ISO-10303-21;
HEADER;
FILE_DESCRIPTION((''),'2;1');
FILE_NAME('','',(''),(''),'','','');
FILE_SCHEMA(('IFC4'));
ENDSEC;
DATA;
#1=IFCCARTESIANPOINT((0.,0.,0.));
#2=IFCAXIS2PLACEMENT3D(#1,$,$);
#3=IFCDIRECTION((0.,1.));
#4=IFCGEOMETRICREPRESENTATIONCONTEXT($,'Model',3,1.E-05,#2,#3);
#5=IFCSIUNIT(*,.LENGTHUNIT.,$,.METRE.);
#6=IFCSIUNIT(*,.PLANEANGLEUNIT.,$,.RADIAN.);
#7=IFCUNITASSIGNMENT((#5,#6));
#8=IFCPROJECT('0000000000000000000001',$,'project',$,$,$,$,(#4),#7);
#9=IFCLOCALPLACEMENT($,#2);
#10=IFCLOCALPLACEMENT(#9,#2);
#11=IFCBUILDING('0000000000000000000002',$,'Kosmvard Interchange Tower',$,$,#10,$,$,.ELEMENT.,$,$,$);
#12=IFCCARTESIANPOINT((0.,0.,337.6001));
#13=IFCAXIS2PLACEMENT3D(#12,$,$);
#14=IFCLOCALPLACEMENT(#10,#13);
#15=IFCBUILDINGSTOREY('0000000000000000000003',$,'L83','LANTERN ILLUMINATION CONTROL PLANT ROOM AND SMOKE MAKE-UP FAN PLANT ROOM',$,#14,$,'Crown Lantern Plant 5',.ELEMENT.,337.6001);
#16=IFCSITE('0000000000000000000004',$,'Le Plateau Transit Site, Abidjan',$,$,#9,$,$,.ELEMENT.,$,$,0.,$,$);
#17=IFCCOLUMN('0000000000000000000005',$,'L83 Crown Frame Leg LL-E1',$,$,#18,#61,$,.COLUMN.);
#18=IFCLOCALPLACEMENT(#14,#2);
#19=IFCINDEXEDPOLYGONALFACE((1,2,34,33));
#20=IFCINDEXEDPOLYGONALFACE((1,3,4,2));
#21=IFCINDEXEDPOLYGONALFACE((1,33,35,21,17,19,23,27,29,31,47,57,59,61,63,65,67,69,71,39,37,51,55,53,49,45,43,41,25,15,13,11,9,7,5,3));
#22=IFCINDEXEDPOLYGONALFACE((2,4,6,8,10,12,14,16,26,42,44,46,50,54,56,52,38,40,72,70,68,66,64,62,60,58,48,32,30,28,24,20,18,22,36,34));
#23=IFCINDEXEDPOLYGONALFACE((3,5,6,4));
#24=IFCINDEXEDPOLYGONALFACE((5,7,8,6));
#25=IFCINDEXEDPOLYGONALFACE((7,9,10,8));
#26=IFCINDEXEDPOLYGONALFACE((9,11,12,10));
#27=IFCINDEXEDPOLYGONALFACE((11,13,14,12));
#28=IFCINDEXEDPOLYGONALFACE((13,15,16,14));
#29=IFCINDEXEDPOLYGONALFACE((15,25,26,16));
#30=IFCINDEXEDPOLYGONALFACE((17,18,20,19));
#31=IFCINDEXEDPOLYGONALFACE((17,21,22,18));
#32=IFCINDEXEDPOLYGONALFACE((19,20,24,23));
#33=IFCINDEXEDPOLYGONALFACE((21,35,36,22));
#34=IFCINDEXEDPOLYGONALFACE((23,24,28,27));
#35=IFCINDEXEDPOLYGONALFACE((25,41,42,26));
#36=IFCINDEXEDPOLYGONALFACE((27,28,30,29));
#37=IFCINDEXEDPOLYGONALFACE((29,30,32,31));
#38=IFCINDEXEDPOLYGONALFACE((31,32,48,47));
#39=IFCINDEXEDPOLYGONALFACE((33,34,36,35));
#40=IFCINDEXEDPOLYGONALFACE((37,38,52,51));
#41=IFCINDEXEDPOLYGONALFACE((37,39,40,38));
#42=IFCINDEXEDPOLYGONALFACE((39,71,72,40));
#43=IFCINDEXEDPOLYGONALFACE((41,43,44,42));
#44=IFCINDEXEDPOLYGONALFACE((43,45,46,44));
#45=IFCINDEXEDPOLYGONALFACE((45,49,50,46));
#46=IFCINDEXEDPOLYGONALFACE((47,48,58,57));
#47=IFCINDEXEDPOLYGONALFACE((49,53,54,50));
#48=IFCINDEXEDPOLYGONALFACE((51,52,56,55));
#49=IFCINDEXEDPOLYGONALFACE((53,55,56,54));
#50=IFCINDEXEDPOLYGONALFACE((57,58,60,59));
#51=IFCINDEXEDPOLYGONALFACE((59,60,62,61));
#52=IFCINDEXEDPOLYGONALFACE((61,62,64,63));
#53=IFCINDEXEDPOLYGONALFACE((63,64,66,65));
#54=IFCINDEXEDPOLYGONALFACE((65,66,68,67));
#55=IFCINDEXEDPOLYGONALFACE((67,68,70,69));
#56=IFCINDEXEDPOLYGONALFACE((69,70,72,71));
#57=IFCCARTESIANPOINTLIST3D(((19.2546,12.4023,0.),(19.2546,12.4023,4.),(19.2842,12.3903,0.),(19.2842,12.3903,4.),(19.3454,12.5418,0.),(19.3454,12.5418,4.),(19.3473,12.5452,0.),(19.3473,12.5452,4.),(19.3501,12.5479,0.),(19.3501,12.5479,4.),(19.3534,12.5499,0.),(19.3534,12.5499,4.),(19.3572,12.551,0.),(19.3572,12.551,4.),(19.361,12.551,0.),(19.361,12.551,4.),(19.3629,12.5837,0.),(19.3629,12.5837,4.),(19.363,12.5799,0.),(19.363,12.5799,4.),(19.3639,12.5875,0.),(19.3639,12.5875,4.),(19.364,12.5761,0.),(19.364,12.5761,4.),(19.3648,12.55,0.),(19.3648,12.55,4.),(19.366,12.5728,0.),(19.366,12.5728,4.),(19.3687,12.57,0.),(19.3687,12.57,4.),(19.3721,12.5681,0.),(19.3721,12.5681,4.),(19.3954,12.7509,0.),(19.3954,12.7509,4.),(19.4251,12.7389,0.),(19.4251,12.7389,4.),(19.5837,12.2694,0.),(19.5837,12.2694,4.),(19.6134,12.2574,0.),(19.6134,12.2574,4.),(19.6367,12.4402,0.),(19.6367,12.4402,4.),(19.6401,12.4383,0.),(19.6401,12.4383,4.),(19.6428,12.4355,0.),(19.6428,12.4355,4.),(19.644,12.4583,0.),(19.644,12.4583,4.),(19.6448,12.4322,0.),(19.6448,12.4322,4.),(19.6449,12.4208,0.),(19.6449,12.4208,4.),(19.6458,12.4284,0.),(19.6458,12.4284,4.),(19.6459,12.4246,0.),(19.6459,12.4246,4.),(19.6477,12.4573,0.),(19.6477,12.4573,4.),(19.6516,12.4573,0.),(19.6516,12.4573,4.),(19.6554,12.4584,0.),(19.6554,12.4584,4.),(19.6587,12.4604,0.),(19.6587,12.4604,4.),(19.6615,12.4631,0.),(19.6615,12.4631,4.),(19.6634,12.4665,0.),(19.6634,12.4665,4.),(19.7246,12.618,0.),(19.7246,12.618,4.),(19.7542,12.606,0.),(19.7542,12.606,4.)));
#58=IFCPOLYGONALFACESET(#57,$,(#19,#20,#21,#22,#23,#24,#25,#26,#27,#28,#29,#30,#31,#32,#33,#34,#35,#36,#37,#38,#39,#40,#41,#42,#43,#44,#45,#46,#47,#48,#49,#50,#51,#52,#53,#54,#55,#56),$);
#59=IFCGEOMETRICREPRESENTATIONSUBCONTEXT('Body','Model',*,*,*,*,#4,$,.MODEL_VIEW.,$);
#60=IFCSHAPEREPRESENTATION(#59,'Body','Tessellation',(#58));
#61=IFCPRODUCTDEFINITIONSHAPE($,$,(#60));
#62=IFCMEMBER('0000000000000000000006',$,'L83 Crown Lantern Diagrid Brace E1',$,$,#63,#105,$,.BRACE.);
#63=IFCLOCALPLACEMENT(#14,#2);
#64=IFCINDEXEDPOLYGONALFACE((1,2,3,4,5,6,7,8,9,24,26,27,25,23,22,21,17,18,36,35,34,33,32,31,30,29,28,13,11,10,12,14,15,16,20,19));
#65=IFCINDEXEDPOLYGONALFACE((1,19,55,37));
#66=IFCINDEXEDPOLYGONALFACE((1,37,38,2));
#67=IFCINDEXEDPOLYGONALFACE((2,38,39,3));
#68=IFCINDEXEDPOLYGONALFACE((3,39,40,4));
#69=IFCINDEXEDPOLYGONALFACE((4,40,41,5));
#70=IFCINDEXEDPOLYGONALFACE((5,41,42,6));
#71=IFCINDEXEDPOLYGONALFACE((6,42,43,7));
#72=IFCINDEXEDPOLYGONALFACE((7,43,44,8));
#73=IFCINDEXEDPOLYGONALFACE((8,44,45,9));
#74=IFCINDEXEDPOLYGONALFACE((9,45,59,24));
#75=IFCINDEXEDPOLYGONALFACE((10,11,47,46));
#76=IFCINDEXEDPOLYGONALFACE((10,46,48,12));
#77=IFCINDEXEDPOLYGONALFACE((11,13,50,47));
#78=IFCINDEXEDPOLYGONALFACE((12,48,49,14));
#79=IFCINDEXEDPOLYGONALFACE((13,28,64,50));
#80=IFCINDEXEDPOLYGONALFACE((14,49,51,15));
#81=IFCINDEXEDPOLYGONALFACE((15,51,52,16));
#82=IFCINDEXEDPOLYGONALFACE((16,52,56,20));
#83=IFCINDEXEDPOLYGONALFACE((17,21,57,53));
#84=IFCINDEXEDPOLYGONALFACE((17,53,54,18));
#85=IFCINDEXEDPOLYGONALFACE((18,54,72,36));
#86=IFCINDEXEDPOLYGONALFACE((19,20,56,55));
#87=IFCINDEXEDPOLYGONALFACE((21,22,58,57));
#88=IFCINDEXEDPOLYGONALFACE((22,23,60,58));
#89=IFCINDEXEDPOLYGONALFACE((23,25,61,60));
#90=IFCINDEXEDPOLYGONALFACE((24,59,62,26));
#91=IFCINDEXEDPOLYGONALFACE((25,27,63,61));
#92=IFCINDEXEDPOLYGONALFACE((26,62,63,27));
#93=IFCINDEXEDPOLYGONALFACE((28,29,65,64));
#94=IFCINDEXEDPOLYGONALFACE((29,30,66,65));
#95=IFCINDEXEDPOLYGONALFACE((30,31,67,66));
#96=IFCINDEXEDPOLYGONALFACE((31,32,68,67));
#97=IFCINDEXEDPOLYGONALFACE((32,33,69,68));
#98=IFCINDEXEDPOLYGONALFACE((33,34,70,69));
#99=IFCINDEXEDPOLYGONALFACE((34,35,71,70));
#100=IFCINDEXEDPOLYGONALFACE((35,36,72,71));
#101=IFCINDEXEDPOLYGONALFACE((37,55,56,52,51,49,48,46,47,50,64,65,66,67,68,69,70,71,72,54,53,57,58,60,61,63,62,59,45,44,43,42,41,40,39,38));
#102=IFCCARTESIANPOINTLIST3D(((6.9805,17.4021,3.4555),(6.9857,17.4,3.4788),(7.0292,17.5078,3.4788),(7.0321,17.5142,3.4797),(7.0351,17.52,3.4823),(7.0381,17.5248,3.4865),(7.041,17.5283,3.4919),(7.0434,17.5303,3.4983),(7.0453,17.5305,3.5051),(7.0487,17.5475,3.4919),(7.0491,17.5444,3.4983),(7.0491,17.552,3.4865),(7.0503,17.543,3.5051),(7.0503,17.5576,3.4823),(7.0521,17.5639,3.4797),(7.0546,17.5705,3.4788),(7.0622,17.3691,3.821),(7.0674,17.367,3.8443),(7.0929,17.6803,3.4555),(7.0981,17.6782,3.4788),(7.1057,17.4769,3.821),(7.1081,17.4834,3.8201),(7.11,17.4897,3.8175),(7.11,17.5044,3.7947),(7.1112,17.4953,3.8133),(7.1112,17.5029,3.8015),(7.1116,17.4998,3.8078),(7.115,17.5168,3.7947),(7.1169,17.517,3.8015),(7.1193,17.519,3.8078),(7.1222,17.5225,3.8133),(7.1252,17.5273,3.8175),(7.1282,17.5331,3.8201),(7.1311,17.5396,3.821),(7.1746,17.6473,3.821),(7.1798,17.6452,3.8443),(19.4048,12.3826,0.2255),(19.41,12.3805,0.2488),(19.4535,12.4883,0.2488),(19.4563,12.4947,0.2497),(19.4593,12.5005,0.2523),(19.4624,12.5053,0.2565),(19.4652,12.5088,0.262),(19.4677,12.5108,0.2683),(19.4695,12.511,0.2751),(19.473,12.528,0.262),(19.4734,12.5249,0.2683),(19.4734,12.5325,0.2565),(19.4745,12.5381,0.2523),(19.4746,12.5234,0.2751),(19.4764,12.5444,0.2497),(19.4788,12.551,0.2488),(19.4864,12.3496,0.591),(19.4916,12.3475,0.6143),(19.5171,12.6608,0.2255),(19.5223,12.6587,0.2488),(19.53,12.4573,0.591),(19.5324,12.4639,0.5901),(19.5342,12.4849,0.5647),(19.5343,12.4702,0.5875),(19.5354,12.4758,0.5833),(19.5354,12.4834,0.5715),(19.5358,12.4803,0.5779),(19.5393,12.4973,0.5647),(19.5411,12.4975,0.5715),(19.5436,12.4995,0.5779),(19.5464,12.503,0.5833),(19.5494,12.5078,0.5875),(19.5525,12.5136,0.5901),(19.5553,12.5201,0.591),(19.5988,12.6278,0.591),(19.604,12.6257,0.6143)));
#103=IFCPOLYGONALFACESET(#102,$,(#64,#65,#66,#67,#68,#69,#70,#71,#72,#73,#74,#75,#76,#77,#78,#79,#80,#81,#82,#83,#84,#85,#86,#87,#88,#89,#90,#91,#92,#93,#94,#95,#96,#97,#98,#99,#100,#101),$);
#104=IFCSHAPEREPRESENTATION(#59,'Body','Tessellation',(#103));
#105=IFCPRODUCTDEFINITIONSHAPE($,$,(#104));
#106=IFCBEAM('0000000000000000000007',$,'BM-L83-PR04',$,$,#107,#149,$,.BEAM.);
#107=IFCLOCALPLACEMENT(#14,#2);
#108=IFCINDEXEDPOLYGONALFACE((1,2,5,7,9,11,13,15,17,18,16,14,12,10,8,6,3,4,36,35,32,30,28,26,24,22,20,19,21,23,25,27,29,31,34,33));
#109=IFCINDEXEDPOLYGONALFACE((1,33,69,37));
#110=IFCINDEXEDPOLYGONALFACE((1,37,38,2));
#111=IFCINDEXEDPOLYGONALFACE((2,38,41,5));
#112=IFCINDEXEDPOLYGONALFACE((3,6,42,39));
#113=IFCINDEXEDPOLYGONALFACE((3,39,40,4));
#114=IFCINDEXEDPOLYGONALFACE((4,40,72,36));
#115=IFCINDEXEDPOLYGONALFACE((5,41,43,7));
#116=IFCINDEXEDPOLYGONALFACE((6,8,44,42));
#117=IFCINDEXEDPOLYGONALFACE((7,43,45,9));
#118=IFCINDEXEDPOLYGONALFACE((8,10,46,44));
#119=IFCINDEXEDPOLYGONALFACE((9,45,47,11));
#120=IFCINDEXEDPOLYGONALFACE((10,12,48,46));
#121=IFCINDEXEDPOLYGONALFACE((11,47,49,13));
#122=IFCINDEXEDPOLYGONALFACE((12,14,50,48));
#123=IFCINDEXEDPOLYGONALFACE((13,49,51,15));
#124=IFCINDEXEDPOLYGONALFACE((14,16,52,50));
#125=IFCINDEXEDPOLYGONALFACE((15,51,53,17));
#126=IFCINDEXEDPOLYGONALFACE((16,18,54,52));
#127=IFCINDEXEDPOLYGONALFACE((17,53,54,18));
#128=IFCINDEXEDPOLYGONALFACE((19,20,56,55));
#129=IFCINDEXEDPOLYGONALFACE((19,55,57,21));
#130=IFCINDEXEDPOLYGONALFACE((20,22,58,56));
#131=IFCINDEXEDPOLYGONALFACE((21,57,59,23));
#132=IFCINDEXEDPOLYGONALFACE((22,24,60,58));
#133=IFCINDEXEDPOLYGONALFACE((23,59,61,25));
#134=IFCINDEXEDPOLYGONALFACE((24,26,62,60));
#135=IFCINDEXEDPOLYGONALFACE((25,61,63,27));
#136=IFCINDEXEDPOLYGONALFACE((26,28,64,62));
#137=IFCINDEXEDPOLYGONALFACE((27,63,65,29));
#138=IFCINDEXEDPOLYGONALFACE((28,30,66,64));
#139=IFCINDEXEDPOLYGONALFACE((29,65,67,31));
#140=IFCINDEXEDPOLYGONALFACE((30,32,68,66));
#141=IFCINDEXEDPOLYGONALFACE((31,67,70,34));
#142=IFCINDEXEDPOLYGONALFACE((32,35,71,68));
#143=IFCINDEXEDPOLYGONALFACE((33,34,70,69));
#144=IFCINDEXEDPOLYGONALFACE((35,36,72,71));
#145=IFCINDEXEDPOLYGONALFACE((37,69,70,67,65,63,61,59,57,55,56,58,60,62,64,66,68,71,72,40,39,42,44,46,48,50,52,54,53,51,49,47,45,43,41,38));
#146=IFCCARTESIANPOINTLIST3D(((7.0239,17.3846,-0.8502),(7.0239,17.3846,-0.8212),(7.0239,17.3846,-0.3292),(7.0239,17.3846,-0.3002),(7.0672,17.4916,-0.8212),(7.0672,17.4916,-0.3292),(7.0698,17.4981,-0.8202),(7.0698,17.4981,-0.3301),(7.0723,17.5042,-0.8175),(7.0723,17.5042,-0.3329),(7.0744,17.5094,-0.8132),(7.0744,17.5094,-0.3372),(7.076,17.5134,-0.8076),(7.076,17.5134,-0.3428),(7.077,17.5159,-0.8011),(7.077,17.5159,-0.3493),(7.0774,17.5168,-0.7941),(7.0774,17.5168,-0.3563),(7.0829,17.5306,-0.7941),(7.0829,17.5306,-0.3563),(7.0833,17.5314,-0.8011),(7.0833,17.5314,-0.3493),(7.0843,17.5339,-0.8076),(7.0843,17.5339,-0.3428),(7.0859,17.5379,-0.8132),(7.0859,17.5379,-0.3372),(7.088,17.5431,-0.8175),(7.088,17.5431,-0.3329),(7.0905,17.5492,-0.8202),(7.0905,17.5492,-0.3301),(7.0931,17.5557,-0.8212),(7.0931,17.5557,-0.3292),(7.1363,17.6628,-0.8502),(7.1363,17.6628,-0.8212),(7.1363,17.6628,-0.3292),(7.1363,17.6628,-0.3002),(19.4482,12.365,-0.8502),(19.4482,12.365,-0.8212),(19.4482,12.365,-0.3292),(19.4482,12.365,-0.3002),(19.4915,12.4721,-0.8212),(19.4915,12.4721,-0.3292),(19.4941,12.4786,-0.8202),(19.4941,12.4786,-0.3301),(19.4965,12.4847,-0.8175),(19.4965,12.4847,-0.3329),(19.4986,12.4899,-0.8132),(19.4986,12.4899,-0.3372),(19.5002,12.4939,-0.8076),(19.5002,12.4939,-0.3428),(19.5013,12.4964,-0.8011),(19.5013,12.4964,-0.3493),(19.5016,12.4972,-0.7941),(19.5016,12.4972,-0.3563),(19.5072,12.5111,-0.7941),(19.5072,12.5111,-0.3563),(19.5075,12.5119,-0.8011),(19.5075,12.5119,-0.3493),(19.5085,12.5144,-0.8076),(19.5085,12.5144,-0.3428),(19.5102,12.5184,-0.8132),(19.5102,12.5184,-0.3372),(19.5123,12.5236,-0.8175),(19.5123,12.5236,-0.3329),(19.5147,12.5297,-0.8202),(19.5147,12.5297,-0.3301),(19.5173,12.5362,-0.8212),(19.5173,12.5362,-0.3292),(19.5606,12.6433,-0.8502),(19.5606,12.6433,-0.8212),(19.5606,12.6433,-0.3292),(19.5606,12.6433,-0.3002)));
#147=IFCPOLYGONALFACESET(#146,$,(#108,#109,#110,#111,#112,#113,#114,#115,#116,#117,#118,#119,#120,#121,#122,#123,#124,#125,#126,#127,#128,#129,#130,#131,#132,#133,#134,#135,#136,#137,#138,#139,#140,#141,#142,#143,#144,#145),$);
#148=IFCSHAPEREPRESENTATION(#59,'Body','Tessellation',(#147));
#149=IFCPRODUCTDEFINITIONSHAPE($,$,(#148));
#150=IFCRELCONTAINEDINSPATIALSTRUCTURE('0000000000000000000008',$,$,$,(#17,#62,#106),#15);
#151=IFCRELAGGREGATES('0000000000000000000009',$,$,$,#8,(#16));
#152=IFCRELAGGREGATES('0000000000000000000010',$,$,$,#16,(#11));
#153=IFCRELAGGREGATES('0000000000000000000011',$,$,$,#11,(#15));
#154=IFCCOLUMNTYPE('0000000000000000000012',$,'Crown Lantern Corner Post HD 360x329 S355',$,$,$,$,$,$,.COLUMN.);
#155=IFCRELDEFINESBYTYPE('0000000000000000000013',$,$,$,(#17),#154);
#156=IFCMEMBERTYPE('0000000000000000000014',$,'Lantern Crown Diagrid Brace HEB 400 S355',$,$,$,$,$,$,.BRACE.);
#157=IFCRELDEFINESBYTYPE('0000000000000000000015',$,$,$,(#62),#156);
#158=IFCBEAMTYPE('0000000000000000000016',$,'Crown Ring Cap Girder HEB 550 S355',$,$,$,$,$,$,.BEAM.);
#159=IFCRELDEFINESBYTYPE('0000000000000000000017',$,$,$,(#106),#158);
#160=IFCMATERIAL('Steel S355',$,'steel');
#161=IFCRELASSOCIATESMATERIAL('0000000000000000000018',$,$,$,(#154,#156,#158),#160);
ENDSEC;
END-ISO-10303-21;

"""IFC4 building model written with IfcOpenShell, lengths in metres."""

from ifc_helpers import new_model, si_unit, direction, frame, origin, origin_2d, place, context, subcontext, project, spatial, i_section, extrude, source, transform, mapped, material, material_profile, profile_set, type_object, element, save


model = new_model("IFC4")

# Units and contexts
model_context = context("Model", 3, precision=1e-05, world=origin(), true_north=direction((0.0, 1.0)))
body_context = subcontext(model_context, "Body", "Model", "MODEL_VIEW")
ifc_project = project(units=[si_unit("LENGTHUNIT", "METRE"), si_unit("PLANEANGLEUNIT", "RADIAN")], contexts=[model_context])

# Site, building, storey
site_placement = place(None, origin())
site = spatial("IfcSite", under=ifc_project, at=site_placement, Name="Le Plateau Transit Site, Abidjan", CompositionType="ELEMENT", RefElevation=0.0)
building_placement = place(site_placement, origin())
building = spatial("IfcBuilding", under=site, at=building_placement, Name="Kosmvard Interchange Tower", CompositionType="ELEMENT")
storey_placement = place(building_placement, frame((0.0, 0.0, 337.6001)))
storey = spatial("IfcBuildingStorey", under=building, at=storey_placement, Name="L83", Description="LANTERN ILLUMINATION CONTROL PLANT ROOM AND SMOKE MAKE-UP FAN PLANT ROOM", LongName="Crown Lantern Plant 5", CompositionType="ELEMENT", Elevation=337.6001)

# Column
ifc_material_1 = material(Name="Steel S355", Category="steel")
ifc_material_profile_1 = material_profile(ifc_material_1, i_section(OverallWidth=0.376, OverallDepth=0.387, WebThickness=0.0195, FlangeThickness=0.032, FilletRadius=0.0149, at=origin_2d()), Name="HD 360x329")
ifc_profile_set_1 = profile_set([ifc_material_profile_1], Name="Steel S355")
column_type = type_object("IfcColumnType", Name="Crown Lantern Corner Post HD 360x329 S355", PredefinedType="COLUMN", material=ifc_profile_set_1)
shared_shape_1 = source(origin(), body_context, "Body", "SweptSolid", [
    extrude(i_section(OverallWidth=0.376, OverallDepth=0.387, WebThickness=0.0195, FlangeThickness=0.032, FilletRadius=0.0149, at=origin_2d()), origin(), (0.0, 0.0, 1.0), 4.0),
])
column_placement = place(storey_placement, frame((19.5044, 12.5042, 0.0), z_axis=(0.0, 0.0, 1.0), x_axis=(0.374607, 0.927184, 0.0)))
element("IfcColumn", 1, at=column_placement, inside=storey, type_object=column_type, Name="L83 Crown Frame Leg LL-E1", PredefinedType="COLUMN", context=body_context, shape_type="MappedRepresentation", body=[
    mapped(shared_shape_1, transform((0.0, 0.0, 0.0), scale=1.0)),
])

# Member
ifc_material_profile_2 = material_profile(ifc_material_1, i_section(OverallWidth=0.3, OverallDepth=0.3999, WebThickness=0.0134, FlangeThickness=0.0239, FilletRadius=0.0271, at=origin_2d()), Name="HEB 400")
ifc_profile_set_2 = profile_set([ifc_material_profile_2], Name="Steel S355")
member_type_1 = type_object("IfcMemberType", Name="Lantern Crown Diagrid Brace HEB 400 S355", PredefinedType="BRACE", material=ifc_profile_set_2)
shared_shape_2 = source(origin(), body_context, "Body", "SweptSolid", [
    extrude(i_section(OverallWidth=0.3, OverallDepth=0.3999, WebThickness=0.0134, FlangeThickness=0.0239, FilletRadius=0.0271, at=origin_2d()), origin(), (0.0, 0.0, 1.0), 13.7837),
])
member_1_placement = place(storey_placement, frame((19.5044, 12.5042, 0.4199), z_axis=(-0.901373, 0.364163, 0.234332), x_axis=(-0.374593, -0.92719, 0.0)))
element("IfcMember", 2, at=member_1_placement, inside=storey, type_object=member_type_1, Name="L83 Crown Lantern Diagrid Brace E1", PredefinedType="BRACE", context=body_context, shape_type="MappedRepresentation", body=[
    mapped(shared_shape_2, transform((0.0, 0.0, 0.0), scale=1.0)),
])

# Beam
ifc_material_profile_3 = material_profile(ifc_material_1, i_section(OverallWidth=0.3, OverallDepth=0.55, WebThickness=0.0149, FlangeThickness=0.0291, FilletRadius=0.0271, at=origin_2d()), Name="HEB 550")
ifc_profile_set_3 = profile_set([ifc_material_profile_3], Name="Steel S355")
beam_type_1 = type_object("IfcBeamType", Name="Crown Ring Cap Girder HEB 550 S355", PredefinedType="BEAM", material=ifc_profile_set_3)
shared_shape_3 = source(origin(), body_context, "Body", "SweptSolid", [
    extrude(i_section(OverallWidth=0.3, OverallDepth=0.55, WebThickness=0.0149, FlangeThickness=0.0291, FilletRadius=0.0271, at=origin_2d()), origin(), (0.0, 0.0, 1.0), 13.3999),
])
beam_1_placement = place(storey_placement, frame((19.5044, 12.5042, -0.5752), z_axis=(-0.92719, 0.374593, 0.0), x_axis=(-0.374593, -0.92719, 0.0)))
element("IfcBeam", 3, at=beam_1_placement, inside=storey, type_object=beam_type_1, Name="BM-L83-PR04", PredefinedType="BEAM", context=body_context, shape_type="MappedRepresentation", body=[
    mapped(shared_shape_3, transform((0.0, 0.0, 0.0), scale=1.0)),
])

save(model, "model.ifc")
